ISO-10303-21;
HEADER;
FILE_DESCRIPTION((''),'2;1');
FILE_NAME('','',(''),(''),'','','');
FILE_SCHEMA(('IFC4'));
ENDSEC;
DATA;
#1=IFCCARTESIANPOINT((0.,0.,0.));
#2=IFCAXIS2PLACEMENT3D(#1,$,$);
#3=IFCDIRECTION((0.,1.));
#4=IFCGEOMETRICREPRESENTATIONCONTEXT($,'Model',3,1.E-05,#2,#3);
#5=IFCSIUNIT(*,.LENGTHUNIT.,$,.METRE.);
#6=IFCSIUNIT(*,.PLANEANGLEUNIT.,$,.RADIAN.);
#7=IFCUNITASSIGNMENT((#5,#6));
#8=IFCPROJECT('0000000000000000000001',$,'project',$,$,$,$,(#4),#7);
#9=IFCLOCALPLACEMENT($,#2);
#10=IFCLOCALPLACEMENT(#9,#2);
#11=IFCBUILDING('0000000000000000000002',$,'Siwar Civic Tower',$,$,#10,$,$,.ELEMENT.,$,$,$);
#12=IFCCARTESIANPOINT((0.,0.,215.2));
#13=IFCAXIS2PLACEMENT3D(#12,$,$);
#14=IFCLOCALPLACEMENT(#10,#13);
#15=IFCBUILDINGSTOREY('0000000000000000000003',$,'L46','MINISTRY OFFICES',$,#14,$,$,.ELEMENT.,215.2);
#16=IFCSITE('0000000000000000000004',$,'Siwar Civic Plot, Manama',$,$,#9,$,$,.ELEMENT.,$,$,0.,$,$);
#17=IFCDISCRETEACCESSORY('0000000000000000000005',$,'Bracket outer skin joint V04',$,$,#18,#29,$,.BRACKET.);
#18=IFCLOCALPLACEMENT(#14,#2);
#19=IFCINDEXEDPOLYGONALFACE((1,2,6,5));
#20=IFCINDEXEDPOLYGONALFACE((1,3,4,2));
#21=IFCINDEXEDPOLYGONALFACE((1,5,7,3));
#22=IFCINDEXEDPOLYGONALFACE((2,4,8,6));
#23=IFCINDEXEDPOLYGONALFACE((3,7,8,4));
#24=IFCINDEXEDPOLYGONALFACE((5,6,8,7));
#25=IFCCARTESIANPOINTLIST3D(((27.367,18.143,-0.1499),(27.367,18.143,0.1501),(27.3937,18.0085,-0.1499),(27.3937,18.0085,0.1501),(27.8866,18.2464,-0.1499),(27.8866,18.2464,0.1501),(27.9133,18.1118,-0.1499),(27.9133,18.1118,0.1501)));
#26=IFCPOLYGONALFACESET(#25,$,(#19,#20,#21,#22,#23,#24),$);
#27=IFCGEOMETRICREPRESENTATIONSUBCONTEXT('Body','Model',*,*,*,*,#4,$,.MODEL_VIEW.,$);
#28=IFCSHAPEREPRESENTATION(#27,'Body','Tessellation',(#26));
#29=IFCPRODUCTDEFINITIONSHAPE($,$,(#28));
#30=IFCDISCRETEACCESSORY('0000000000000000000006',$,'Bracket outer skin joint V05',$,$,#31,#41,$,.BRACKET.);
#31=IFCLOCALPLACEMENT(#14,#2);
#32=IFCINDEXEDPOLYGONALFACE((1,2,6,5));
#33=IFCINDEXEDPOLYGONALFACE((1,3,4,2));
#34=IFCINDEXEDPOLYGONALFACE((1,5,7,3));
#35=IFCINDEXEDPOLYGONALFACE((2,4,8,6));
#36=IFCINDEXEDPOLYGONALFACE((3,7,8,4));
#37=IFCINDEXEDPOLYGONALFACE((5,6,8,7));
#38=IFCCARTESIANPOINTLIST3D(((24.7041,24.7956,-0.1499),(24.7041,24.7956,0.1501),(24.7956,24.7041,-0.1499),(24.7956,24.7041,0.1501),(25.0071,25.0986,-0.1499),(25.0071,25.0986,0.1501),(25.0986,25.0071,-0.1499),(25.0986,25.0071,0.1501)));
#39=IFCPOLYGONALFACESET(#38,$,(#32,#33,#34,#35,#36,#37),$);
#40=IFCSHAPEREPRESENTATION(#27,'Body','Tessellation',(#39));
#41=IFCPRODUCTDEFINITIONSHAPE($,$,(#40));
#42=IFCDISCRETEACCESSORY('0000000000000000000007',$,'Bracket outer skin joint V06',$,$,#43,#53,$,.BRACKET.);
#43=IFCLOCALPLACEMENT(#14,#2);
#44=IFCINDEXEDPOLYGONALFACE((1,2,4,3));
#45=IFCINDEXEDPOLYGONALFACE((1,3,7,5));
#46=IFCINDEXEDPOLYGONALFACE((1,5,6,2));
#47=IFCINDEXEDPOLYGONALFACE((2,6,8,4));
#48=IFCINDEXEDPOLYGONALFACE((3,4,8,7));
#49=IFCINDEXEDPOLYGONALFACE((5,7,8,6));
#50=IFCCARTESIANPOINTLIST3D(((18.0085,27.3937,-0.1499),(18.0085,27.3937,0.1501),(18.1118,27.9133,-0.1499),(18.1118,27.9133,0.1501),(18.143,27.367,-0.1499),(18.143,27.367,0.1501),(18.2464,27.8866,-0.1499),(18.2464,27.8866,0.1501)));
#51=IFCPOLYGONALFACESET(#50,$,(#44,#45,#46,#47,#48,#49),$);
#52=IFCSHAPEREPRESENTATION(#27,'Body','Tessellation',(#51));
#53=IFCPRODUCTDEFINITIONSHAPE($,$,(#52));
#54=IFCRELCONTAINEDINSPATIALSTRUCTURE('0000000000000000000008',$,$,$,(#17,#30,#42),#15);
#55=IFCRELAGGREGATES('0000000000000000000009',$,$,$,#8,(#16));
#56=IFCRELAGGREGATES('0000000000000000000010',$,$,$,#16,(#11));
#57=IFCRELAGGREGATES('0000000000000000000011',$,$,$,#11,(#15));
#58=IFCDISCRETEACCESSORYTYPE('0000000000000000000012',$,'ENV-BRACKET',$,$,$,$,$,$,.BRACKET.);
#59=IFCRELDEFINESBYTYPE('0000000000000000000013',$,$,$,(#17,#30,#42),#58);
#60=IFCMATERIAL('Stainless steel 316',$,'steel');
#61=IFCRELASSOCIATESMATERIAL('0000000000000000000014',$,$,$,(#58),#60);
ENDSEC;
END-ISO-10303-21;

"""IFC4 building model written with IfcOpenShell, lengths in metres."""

from ifc_helpers import new_model, si_unit, direction, frame, origin, origin_2d, place, context, subcontext, project, spatial, rectangle, extrude, material, type_object, element, save


model = new_model("IFC4")

# Units and contexts
model_context = context("Model", 3, precision=1e-05, world=origin(), true_north=direction((0.0, 1.0)))
body_context = subcontext(model_context, "Body", "Model", "MODEL_VIEW")
ifc_project = project(units=[si_unit("LENGTHUNIT", "METRE"), si_unit("PLANEANGLEUNIT", "RADIAN")], contexts=[model_context])

# Site, building, storey
site_placement = place(None, origin())
site = spatial("IfcSite", under=ifc_project, at=site_placement, Name="Siwar Civic Plot, Manama", CompositionType="ELEMENT", RefElevation=0.0)
building_placement = place(site_placement, origin())
building = spatial("IfcBuilding", under=site, at=building_placement, Name="Siwar Civic Tower", CompositionType="ELEMENT")
storey_placement = place(building_placement, frame((0.0, 0.0, 215.2)))
storey = spatial("IfcBuildingStorey", under=building, at=storey_placement, Name="L46", Description="MINISTRY OFFICES", CompositionType="ELEMENT", Elevation=215.2)

# Discrete accessories
ifc_material_1 = material(Name="Stainless steel 316", Category="steel")
discrete_accessory_type = type_object("IfcDiscreteAccessoryType", Name="ENV-BRACKET", PredefinedType="BRACKET", material=ifc_material_1)
discrete_accessory_1_placement = place(storey_placement, frame((27.6401, 18.1274, -0.1499), z_axis=(0.0, 0.0, 1.0), x_axis=(0.980785, 0.19509, 0.0)))
element("IfcDiscreteAccessory", 1, at=discrete_accessory_1_placement, inside=storey, type_object=discrete_accessory_type, Name="Bracket outer skin joint V04", PredefinedType="BRACKET", context=body_context, shape_type="SweptSolid", body=[
    extrude(rectangle(XDim=0.5298, YDim=0.1372, at=origin_2d()), origin(), (0.0, 0.0, 1.0), 0.3),
])
discrete_accessory_2_placement = place(storey_placement, frame((24.9014, 24.9014, -0.1499), z_axis=(0.0, 0.0, 1.0), x_axis=(0.707107, 0.707107, 0.0)))
element("IfcDiscreteAccessory", 2, at=discrete_accessory_2_placement, inside=storey, type_object=discrete_accessory_type, Name="Bracket outer skin joint V05", PredefinedType="BRACKET", context=body_context, shape_type="SweptSolid", body=[
    extrude(rectangle(XDim=0.4285, YDim=0.1294, at=origin_2d()), origin(), (0.0, 0.0, 1.0), 0.3),
])
discrete_accessory_3_placement = place(storey_placement, frame((18.1274, 27.6401, -0.1499), z_axis=(0.0, 0.0, 1.0), x_axis=(0.19509, 0.980785, 0.0)))
element("IfcDiscreteAccessory", 3, at=discrete_accessory_3_placement, inside=storey, type_object=discrete_accessory_type, Name="Bracket outer skin joint V06", PredefinedType="BRACKET", context=body_context, shape_type="SweptSolid", body=[
    extrude(rectangle(XDim=0.5298, YDim=0.1372, at=origin_2d()), origin(), (0.0, 0.0, 1.0), 0.3),
])

save(model, "model.ifc")
